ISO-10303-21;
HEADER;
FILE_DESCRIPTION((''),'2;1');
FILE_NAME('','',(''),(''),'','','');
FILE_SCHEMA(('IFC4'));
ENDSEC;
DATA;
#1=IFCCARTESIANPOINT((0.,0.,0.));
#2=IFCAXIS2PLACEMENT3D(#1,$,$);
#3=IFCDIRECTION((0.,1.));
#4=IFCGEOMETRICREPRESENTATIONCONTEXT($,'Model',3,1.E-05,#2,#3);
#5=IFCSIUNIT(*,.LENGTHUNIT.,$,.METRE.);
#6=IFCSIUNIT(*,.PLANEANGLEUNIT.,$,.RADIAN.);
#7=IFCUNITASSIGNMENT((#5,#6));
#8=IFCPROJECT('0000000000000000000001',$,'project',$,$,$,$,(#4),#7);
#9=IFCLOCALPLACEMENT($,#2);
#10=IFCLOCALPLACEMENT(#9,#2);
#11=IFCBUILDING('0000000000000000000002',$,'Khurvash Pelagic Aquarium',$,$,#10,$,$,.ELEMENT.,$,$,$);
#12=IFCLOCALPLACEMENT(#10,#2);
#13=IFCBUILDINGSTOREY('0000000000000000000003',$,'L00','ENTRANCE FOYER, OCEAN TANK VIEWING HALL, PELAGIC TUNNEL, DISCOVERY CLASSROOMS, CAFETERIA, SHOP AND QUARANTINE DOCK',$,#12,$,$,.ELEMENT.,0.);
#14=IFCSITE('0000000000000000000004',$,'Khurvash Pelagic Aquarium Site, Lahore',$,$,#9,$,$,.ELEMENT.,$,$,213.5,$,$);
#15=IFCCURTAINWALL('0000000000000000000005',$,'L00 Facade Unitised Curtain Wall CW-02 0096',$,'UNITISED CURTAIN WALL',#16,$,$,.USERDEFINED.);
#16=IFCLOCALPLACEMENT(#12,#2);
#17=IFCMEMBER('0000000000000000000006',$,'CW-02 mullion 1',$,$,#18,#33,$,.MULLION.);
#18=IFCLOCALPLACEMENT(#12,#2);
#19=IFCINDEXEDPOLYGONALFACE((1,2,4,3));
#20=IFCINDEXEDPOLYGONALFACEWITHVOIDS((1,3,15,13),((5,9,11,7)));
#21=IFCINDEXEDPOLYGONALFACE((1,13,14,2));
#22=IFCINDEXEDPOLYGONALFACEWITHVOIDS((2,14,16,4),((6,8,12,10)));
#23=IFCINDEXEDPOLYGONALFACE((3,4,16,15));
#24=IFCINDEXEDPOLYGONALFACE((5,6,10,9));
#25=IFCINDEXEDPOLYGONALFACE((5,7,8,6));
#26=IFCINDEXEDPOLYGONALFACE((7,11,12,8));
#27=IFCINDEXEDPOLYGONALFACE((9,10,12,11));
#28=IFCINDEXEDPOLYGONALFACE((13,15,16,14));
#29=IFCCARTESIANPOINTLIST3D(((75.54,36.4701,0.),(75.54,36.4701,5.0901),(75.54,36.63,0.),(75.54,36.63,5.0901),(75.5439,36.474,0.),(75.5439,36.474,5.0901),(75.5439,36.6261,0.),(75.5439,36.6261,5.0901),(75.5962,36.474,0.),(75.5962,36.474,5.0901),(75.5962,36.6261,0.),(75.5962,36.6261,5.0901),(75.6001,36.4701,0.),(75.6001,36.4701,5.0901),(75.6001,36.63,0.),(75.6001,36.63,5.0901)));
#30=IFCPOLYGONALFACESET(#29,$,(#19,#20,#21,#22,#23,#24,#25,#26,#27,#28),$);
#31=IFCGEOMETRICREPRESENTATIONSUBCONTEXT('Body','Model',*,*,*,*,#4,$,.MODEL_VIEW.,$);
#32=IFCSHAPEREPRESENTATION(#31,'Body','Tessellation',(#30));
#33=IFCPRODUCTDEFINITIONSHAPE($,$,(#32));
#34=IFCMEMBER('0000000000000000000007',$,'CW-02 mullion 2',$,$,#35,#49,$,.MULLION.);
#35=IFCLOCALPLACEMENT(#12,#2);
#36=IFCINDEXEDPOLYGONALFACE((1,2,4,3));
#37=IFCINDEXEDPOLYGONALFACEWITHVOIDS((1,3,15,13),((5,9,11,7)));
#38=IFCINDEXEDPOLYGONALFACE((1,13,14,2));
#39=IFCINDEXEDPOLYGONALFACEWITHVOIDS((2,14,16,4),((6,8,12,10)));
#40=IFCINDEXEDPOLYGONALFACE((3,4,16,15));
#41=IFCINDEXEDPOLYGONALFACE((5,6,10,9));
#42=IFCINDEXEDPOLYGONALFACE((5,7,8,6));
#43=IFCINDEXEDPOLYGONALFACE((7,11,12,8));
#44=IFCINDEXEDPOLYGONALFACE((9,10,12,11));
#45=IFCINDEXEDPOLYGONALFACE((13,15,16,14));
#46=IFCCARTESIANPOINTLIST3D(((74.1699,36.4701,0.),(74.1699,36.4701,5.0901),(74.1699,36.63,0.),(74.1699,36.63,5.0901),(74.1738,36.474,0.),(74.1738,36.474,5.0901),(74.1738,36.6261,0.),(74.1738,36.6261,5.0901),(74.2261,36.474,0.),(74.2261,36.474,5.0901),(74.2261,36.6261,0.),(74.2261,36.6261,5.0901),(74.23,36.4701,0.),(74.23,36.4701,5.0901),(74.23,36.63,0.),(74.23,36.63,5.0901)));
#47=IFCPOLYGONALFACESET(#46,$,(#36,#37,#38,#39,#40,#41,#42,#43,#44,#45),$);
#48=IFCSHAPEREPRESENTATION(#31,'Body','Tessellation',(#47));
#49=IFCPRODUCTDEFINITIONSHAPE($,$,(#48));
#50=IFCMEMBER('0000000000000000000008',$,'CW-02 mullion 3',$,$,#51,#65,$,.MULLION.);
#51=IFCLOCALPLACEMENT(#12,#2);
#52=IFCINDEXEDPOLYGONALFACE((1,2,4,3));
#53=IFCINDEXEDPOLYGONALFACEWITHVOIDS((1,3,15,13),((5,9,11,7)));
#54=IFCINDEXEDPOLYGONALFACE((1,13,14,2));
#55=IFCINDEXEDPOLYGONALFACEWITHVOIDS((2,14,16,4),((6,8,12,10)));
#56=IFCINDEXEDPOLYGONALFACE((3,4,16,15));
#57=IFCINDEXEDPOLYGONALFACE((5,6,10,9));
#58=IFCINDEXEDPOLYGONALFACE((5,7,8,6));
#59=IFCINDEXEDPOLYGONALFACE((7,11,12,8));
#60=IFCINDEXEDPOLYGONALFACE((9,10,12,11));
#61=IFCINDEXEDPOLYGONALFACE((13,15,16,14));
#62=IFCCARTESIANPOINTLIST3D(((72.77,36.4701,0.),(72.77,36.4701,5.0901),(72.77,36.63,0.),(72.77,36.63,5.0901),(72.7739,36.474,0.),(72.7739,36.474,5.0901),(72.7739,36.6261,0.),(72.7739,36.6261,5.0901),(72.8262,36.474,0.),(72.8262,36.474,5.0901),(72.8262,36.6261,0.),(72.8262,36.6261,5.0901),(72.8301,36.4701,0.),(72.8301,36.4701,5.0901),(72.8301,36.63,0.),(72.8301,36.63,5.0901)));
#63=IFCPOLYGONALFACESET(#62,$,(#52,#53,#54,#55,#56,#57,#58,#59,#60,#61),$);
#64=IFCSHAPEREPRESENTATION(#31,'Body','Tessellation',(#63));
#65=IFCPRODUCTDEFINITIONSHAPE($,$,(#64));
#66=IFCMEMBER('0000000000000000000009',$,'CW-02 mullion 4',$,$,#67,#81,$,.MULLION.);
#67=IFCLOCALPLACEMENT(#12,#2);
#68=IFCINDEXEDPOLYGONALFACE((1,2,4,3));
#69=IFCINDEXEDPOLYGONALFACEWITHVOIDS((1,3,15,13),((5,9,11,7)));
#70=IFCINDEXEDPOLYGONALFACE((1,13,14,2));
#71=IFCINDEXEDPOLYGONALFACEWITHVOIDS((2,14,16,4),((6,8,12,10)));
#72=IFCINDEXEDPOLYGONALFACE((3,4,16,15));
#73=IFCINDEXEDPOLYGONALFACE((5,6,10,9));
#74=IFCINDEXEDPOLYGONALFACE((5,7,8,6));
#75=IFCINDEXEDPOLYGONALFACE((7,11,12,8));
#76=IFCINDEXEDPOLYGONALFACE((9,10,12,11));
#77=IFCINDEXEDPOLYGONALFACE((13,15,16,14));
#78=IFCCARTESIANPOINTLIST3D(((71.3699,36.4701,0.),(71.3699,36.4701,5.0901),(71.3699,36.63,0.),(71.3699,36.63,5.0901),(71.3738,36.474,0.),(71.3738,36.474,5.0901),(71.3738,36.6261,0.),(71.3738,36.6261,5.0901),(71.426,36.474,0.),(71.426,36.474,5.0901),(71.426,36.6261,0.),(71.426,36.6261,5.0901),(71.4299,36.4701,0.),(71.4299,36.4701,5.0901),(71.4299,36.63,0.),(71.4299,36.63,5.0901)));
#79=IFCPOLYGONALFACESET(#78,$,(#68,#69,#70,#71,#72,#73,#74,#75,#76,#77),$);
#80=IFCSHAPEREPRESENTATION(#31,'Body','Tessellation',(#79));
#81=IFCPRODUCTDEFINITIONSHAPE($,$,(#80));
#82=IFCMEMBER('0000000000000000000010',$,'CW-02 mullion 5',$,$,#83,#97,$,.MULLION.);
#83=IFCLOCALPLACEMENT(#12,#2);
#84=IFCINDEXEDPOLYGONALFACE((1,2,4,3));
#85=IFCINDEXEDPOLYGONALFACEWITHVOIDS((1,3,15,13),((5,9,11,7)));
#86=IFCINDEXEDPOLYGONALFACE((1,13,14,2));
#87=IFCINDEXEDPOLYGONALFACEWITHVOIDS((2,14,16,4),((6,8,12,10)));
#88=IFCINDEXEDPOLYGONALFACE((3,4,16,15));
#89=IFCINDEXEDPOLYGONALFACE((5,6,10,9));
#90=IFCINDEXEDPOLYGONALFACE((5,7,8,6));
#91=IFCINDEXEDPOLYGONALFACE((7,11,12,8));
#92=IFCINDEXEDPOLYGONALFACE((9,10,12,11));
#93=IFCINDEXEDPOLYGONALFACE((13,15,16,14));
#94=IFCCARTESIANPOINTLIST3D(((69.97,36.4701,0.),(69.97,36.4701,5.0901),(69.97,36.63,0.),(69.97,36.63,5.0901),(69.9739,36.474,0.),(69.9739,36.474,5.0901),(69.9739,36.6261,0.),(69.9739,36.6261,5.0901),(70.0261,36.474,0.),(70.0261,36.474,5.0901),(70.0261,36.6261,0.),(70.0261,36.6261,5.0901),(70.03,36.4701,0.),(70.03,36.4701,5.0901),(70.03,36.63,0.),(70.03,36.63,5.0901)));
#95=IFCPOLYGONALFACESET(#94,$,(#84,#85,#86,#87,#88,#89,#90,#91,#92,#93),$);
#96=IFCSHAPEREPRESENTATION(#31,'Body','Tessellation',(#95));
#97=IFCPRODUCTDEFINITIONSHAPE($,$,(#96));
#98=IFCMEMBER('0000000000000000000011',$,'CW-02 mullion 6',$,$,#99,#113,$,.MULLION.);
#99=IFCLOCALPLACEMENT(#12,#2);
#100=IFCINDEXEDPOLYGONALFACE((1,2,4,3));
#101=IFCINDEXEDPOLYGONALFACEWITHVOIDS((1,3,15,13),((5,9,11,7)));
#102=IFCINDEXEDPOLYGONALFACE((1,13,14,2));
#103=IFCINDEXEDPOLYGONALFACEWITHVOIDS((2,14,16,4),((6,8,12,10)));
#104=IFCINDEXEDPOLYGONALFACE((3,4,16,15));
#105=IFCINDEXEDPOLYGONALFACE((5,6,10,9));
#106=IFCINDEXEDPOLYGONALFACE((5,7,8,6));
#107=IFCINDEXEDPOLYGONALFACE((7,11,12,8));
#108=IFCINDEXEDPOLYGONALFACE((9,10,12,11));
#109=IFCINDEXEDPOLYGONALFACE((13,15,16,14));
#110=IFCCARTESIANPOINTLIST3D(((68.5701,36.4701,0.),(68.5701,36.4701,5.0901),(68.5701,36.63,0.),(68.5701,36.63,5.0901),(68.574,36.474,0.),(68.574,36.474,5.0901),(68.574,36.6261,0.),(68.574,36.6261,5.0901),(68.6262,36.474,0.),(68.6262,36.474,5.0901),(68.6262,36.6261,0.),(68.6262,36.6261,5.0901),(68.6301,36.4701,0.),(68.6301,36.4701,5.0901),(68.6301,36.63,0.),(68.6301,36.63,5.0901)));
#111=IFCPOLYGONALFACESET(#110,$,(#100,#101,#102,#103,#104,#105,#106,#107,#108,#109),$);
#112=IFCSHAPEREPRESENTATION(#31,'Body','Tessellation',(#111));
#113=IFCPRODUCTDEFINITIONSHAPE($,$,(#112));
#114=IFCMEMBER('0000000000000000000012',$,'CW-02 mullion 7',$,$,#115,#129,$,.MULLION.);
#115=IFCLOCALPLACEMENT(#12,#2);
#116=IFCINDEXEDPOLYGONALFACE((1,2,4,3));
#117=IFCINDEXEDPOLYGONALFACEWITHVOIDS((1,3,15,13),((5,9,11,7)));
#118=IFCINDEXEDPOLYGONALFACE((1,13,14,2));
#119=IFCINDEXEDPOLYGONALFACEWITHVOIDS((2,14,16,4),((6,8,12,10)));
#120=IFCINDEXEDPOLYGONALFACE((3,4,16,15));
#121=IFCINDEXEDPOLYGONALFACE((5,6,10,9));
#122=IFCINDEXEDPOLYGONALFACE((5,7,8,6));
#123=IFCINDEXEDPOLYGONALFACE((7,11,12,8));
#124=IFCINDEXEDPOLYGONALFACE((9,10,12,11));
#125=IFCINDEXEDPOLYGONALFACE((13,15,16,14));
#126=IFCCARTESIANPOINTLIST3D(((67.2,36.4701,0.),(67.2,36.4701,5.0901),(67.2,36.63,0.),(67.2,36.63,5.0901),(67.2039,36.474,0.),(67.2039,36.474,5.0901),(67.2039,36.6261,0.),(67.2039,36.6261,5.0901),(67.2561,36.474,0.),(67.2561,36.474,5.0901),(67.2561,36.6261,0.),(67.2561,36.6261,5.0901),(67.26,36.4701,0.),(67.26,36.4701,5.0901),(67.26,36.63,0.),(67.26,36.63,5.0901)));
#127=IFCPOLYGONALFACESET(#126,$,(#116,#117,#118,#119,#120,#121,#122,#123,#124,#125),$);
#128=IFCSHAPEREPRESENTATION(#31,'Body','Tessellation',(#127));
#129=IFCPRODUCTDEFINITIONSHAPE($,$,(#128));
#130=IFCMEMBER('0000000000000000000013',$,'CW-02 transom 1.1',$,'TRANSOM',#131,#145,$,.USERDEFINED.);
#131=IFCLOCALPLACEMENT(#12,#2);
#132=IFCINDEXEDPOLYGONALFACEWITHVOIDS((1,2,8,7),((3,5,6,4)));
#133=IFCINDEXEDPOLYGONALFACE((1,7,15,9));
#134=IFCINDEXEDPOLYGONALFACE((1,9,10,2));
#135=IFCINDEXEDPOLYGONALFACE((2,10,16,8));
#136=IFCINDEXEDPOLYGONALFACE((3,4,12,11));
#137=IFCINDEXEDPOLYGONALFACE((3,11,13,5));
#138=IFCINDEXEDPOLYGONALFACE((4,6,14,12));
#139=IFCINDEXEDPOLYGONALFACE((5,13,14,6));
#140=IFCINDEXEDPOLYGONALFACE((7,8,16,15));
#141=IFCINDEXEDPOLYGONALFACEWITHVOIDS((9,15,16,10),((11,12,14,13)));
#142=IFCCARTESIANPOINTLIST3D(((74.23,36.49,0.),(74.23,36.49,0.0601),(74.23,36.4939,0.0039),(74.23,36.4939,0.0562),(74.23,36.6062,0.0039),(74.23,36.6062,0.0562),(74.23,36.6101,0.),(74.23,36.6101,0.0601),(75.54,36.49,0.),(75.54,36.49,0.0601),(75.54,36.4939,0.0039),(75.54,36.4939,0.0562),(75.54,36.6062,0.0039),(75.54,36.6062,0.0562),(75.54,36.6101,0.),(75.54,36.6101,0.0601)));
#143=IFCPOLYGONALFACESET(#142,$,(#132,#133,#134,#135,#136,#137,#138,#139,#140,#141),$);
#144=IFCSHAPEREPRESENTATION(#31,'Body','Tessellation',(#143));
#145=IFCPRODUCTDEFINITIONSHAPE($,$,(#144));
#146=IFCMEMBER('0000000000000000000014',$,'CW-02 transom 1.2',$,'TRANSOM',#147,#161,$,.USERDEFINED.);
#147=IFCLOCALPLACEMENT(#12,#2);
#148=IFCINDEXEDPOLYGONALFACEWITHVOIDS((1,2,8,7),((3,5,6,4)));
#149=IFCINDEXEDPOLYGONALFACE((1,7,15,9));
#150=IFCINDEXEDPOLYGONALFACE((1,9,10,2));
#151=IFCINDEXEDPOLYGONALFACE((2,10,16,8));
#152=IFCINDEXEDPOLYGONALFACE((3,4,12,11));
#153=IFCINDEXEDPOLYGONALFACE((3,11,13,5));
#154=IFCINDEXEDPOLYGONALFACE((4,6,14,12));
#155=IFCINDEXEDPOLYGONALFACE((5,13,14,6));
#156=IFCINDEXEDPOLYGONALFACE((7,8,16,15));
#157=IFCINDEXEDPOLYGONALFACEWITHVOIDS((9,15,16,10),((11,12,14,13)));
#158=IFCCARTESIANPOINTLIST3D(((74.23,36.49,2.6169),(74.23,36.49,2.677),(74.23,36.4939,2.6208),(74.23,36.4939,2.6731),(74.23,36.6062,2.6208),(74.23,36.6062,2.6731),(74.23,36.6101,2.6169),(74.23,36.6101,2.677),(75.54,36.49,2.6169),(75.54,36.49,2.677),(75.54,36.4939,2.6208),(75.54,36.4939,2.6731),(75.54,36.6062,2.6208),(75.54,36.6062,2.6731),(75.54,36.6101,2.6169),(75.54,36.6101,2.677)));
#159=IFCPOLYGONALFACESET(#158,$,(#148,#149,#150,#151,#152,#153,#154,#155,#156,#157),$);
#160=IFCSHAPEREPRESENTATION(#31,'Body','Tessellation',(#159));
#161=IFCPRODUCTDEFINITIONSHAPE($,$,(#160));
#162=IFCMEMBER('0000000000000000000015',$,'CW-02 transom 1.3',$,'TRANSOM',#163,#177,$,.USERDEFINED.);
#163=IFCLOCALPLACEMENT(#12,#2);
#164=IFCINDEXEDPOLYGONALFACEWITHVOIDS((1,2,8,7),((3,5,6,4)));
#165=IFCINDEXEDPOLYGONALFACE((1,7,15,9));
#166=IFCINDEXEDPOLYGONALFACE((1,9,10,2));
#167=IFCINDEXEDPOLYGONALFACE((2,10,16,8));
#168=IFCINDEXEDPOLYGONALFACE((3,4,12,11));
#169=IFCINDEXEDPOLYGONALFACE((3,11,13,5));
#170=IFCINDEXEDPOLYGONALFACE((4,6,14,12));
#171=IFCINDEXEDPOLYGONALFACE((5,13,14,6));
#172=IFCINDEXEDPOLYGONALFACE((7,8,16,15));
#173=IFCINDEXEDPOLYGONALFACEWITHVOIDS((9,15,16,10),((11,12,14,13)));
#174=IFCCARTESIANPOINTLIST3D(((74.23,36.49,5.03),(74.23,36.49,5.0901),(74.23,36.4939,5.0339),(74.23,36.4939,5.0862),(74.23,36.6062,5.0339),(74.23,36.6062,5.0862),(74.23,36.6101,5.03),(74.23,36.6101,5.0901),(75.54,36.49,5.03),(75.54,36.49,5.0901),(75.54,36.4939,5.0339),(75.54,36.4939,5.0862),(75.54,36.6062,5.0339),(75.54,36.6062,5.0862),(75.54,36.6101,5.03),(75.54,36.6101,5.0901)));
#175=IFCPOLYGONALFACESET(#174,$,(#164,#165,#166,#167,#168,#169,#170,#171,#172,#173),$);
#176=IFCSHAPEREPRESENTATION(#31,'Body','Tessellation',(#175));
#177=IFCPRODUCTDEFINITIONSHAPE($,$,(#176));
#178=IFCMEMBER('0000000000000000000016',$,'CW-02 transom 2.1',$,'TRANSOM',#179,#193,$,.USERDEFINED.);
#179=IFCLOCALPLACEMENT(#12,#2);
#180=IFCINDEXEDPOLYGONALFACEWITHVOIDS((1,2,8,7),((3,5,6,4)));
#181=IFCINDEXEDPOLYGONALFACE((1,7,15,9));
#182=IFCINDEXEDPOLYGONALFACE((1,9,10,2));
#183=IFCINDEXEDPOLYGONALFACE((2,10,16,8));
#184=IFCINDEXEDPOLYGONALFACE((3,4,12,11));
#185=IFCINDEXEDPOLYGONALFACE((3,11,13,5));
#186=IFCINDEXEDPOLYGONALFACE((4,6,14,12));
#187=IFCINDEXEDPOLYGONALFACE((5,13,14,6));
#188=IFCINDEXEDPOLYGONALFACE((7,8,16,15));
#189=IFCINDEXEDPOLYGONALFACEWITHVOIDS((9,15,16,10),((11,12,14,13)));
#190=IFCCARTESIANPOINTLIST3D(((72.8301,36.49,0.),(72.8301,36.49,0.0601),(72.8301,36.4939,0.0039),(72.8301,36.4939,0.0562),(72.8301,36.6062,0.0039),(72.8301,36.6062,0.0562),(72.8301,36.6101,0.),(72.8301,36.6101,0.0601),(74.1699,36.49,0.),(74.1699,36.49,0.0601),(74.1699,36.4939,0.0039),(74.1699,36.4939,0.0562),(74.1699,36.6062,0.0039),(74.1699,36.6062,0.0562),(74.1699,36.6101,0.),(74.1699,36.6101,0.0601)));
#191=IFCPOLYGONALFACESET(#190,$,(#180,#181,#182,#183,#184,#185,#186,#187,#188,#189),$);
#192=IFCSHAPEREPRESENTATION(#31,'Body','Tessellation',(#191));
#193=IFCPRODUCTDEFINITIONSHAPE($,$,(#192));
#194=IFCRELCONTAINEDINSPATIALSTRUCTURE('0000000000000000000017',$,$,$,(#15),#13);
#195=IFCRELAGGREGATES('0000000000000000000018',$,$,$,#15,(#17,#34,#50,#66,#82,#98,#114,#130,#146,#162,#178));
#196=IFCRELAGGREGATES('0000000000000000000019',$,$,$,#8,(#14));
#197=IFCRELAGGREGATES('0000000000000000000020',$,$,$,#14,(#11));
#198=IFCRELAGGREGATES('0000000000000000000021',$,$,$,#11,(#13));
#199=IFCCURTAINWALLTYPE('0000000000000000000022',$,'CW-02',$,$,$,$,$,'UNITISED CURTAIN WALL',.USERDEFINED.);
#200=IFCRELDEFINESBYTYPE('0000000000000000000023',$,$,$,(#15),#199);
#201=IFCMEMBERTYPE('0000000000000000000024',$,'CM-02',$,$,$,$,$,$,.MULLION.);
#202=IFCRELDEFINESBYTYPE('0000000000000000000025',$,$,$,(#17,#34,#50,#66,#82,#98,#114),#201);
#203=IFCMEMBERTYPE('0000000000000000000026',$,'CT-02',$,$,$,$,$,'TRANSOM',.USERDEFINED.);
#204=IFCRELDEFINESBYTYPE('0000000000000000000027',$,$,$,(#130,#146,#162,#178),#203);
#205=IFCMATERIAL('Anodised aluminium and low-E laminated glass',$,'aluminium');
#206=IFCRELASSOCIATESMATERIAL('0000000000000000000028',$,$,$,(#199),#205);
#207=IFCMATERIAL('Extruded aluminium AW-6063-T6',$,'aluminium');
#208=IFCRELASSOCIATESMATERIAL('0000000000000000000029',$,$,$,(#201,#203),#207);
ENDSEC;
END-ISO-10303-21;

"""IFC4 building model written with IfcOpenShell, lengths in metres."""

from ifc_helpers import new_model, si_unit, direction, frame, origin, origin_2d, place, context, subcontext, project, spatial, hollow_rectangle, extrude, material, material_profile, profile_set, type_object, element, aggregate, save


model = new_model("IFC4")

# Units and contexts
model_context = context("Model", 3, precision=1e-05, world=origin(), true_north=direction((0.0, 1.0)))
body_context = subcontext(model_context, "Body", "Model", "MODEL_VIEW")
ifc_project = project(units=[si_unit("LENGTHUNIT", "METRE"), si_unit("PLANEANGLEUNIT", "RADIAN")], contexts=[model_context])

# Site, building, storey
site_placement = place(None, origin())
site = spatial("IfcSite", under=ifc_project, at=site_placement, Name="Khurvash Pelagic Aquarium Site, Lahore", CompositionType="ELEMENT", RefElevation=213.5)
building_placement = place(site_placement, origin())
building = spatial("IfcBuilding", under=site, at=building_placement, Name="Khurvash Pelagic Aquarium", CompositionType="ELEMENT")
storey_placement = place(building_placement, origin())
storey = spatial("IfcBuildingStorey", under=building, at=storey_placement, Name="L00", Description="ENTRANCE FOYER, OCEAN TANK VIEWING HALL, PELAGIC TUNNEL, DISCOVERY CLASSROOMS, CAFETERIA, SHOP AND QUARANTINE DOCK", CompositionType="ELEMENT", Elevation=0.0)

# Curtain wall, members
ifc_material_1 = material(Name="Anodised aluminium and low-E laminated glass", Category="aluminium")
curtain_wall_type = type_object("IfcCurtainWallType", Name="CW-02", ElementType="UNITISED CURTAIN WALL", PredefinedType="USERDEFINED", material=ifc_material_1)
curtain_wall_placement = place(storey_placement, origin())
curtain_wall = element("IfcCurtainWall", 1, at=curtain_wall_placement, inside=storey, type_object=curtain_wall_type, Name="L00 Facade Unitised Curtain Wall CW-02 0096", ObjectType="UNITISED CURTAIN WALL", PredefinedType="USERDEFINED")
ifc_material_2 = material(Name="Extruded aluminium AW-6063-T6", Category="aluminium")
ifc_material_profile_1 = material_profile(ifc_material_2, hollow_rectangle(XDim=0.0601, YDim=0.1599, WallThickness=0.0039, at=origin_2d()), Name="CWM60X160X4")
ifc_profile_set_1 = profile_set([ifc_material_profile_1], Name="Extruded aluminium AW-6063-T6")
member_type_1 = type_object("IfcMemberType", Name="CM-02", PredefinedType="MULLION", material=ifc_profile_set_1)
member_1_placement = place(storey_placement, frame((75.5701, 36.55, 0.0), z_axis=(0.0, 0.0, 1.0), x_axis=(-1.0, 0.0, 0.0)))
member_1 = element("IfcMember", 2, at=member_1_placement, type_object=member_type_1, Name="CW-02 mullion 1", PredefinedType="MULLION", context=body_context, shape_type="SweptSolid", body=[
    extrude(hollow_rectangle(XDim=0.0601, YDim=0.1599, WallThickness=0.0039, at=origin_2d()), origin(), (0.0, 0.0, 1.0), 5.0901),
])
member_2_placement = place(storey_placement, frame((74.2, 36.55, 0.0), z_axis=(0.0, 0.0, 1.0), x_axis=(-1.0, 0.0, 0.0)))
member_2 = element("IfcMember", 3, at=member_2_placement, type_object=member_type_1, Name="CW-02 mullion 2", PredefinedType="MULLION", context=body_context, shape_type="SweptSolid", body=[
    extrude(hollow_rectangle(XDim=0.0601, YDim=0.1599, WallThickness=0.0039, at=origin_2d()), origin(), (0.0, 0.0, 1.0), 5.0901),
])
member_3_placement = place(storey_placement, frame((72.8, 36.55, 0.0), z_axis=(0.0, 0.0, 1.0), x_axis=(-1.0, 0.0, 0.0)))
member_3 = element("IfcMember", 4, at=member_3_placement, type_object=member_type_1, Name="CW-02 mullion 3", PredefinedType="MULLION", context=body_context, shape_type="SweptSolid", body=[
    extrude(hollow_rectangle(XDim=0.0601, YDim=0.1599, WallThickness=0.0039, at=origin_2d()), origin(), (0.0, 0.0, 1.0), 5.0901),
])
member_4_placement = place(storey_placement, frame((71.3999, 36.55, 0.0), z_axis=(0.0, 0.0, 1.0), x_axis=(-1.0, 0.0, 0.0)))
member_4 = element("IfcMember", 5, at=member_4_placement, type_object=member_type_1, Name="CW-02 mullion 4", PredefinedType="MULLION", context=body_context, shape_type="SweptSolid", body=[
    extrude(hollow_rectangle(XDim=0.0601, YDim=0.1599, WallThickness=0.0039, at=origin_2d()), origin(), (0.0, 0.0, 1.0), 5.0901),
])
member_5_placement = place(storey_placement, frame((70.0, 36.55, 0.0), z_axis=(0.0, 0.0, 1.0), x_axis=(-1.0, 0.0, 0.0)))
member_5 = element("IfcMember", 6, at=member_5_placement, type_object=member_type_1, Name="CW-02 mullion 5", PredefinedType="MULLION", context=body_context, shape_type="SweptSolid", body=[
    extrude(hollow_rectangle(XDim=0.0601, YDim=0.1599, WallThickness=0.0039, at=origin_2d()), origin(), (0.0, 0.0, 1.0), 5.0901),
])
member_6_placement = place(storey_placement, frame((68.6001, 36.55, 0.0), z_axis=(0.0, 0.0, 1.0), x_axis=(-1.0, 0.0, 0.0)))
member_6 = element("IfcMember", 7, at=member_6_placement, type_object=member_type_1, Name="CW-02 mullion 6", PredefinedType="MULLION", context=body_context, shape_type="SweptSolid", body=[
    extrude(hollow_rectangle(XDim=0.0601, YDim=0.1599, WallThickness=0.0039, at=origin_2d()), origin(), (0.0, 0.0, 1.0), 5.0901),
])
member_7_placement = place(storey_placement, frame((67.23, 36.55, 0.0), z_axis=(0.0, 0.0, 1.0), x_axis=(-1.0, 0.0, 0.0)))
member_7 = element("IfcMember", 8, at=member_7_placement, type_object=member_type_1, Name="CW-02 mullion 7", PredefinedType="MULLION", context=body_context, shape_type="SweptSolid", body=[
    extrude(hollow_rectangle(XDim=0.0601, YDim=0.1599, WallThickness=0.0039, at=origin_2d()), origin(), (0.0, 0.0, 1.0), 5.0901),
])
ifc_material_profile_2 = material_profile(ifc_material_2, hollow_rectangle(XDim=0.1201, YDim=0.0601, WallThickness=0.0039, at=origin_2d()), Name="CWT120X60X4")
ifc_profile_set_2 = profile_set([ifc_material_profile_2], Name="Extruded aluminium AW-6063-T6")
member_type_2 = type_object("IfcMemberType", Name="CT-02", ElementType="TRANSOM", PredefinedType="USERDEFINED", material=ifc_profile_set_2)
member_8_placement = place(storey_placement, frame((75.54, 36.55, 0.03), z_axis=(-1.0, 0.0, 0.0), x_axis=(0.0, -1.0, 0.0)))
member_8 = element("IfcMember", 9, at=member_8_placement, type_object=member_type_2, Name="CW-02 transom 1.1", ObjectType="TRANSOM", PredefinedType="USERDEFINED", context=body_context, shape_type="SweptSolid", body=[
    extrude(hollow_rectangle(XDim=0.1201, YDim=0.0601, WallThickness=0.0039, at=origin_2d()), origin(), (0.0, 0.0, 1.0), 1.3101),
])
member_9_placement = place(storey_placement, frame((75.54, 36.55, 2.647), z_axis=(-1.0, 0.0, 0.0), x_axis=(0.0, -1.0, 0.0)))
member_9 = element("IfcMember", 10, at=member_9_placement, type_object=member_type_2, Name="CW-02 transom 1.2", ObjectType="TRANSOM", PredefinedType="USERDEFINED", context=body_context, shape_type="SweptSolid", body=[
    extrude(hollow_rectangle(XDim=0.1201, YDim=0.0601, WallThickness=0.0039, at=origin_2d()), origin(), (0.0, 0.0, 1.0), 1.3101),
])
member_10_placement = place(storey_placement, frame((75.54, 36.55, 5.0601), z_axis=(-1.0, 0.0, 0.0), x_axis=(0.0, -1.0, 0.0)))
member_10 = element("IfcMember", 11, at=member_10_placement, type_object=member_type_2, Name="CW-02 transom 1.3", ObjectType="TRANSOM", PredefinedType="USERDEFINED", context=body_context, shape_type="SweptSolid", body=[
    extrude(hollow_rectangle(XDim=0.1201, YDim=0.0601, WallThickness=0.0039, at=origin_2d()), origin(), (0.0, 0.0, 1.0), 1.3101),
])
member_11_placement = place(storey_placement, frame((74.1699, 36.55, 0.03), z_axis=(-1.0, 0.0, 0.0), x_axis=(0.0, -1.0, 0.0)))
member_11 = element("IfcMember", 12, at=member_11_placement, type_object=member_type_2, Name="CW-02 transom 2.1", ObjectType="TRANSOM", PredefinedType="USERDEFINED", context=body_context, shape_type="SweptSolid", body=[
    extrude(hollow_rectangle(XDim=0.1201, YDim=0.0601, WallThickness=0.0039, at=origin_2d()), origin(), (0.0, 0.0, 1.0), 1.3398),
])
aggregate(curtain_wall, [member_1, member_2, member_3, member_4, member_5, member_6, member_7, member_8, member_9, member_10, member_11])

save(model, "model.ifc")
